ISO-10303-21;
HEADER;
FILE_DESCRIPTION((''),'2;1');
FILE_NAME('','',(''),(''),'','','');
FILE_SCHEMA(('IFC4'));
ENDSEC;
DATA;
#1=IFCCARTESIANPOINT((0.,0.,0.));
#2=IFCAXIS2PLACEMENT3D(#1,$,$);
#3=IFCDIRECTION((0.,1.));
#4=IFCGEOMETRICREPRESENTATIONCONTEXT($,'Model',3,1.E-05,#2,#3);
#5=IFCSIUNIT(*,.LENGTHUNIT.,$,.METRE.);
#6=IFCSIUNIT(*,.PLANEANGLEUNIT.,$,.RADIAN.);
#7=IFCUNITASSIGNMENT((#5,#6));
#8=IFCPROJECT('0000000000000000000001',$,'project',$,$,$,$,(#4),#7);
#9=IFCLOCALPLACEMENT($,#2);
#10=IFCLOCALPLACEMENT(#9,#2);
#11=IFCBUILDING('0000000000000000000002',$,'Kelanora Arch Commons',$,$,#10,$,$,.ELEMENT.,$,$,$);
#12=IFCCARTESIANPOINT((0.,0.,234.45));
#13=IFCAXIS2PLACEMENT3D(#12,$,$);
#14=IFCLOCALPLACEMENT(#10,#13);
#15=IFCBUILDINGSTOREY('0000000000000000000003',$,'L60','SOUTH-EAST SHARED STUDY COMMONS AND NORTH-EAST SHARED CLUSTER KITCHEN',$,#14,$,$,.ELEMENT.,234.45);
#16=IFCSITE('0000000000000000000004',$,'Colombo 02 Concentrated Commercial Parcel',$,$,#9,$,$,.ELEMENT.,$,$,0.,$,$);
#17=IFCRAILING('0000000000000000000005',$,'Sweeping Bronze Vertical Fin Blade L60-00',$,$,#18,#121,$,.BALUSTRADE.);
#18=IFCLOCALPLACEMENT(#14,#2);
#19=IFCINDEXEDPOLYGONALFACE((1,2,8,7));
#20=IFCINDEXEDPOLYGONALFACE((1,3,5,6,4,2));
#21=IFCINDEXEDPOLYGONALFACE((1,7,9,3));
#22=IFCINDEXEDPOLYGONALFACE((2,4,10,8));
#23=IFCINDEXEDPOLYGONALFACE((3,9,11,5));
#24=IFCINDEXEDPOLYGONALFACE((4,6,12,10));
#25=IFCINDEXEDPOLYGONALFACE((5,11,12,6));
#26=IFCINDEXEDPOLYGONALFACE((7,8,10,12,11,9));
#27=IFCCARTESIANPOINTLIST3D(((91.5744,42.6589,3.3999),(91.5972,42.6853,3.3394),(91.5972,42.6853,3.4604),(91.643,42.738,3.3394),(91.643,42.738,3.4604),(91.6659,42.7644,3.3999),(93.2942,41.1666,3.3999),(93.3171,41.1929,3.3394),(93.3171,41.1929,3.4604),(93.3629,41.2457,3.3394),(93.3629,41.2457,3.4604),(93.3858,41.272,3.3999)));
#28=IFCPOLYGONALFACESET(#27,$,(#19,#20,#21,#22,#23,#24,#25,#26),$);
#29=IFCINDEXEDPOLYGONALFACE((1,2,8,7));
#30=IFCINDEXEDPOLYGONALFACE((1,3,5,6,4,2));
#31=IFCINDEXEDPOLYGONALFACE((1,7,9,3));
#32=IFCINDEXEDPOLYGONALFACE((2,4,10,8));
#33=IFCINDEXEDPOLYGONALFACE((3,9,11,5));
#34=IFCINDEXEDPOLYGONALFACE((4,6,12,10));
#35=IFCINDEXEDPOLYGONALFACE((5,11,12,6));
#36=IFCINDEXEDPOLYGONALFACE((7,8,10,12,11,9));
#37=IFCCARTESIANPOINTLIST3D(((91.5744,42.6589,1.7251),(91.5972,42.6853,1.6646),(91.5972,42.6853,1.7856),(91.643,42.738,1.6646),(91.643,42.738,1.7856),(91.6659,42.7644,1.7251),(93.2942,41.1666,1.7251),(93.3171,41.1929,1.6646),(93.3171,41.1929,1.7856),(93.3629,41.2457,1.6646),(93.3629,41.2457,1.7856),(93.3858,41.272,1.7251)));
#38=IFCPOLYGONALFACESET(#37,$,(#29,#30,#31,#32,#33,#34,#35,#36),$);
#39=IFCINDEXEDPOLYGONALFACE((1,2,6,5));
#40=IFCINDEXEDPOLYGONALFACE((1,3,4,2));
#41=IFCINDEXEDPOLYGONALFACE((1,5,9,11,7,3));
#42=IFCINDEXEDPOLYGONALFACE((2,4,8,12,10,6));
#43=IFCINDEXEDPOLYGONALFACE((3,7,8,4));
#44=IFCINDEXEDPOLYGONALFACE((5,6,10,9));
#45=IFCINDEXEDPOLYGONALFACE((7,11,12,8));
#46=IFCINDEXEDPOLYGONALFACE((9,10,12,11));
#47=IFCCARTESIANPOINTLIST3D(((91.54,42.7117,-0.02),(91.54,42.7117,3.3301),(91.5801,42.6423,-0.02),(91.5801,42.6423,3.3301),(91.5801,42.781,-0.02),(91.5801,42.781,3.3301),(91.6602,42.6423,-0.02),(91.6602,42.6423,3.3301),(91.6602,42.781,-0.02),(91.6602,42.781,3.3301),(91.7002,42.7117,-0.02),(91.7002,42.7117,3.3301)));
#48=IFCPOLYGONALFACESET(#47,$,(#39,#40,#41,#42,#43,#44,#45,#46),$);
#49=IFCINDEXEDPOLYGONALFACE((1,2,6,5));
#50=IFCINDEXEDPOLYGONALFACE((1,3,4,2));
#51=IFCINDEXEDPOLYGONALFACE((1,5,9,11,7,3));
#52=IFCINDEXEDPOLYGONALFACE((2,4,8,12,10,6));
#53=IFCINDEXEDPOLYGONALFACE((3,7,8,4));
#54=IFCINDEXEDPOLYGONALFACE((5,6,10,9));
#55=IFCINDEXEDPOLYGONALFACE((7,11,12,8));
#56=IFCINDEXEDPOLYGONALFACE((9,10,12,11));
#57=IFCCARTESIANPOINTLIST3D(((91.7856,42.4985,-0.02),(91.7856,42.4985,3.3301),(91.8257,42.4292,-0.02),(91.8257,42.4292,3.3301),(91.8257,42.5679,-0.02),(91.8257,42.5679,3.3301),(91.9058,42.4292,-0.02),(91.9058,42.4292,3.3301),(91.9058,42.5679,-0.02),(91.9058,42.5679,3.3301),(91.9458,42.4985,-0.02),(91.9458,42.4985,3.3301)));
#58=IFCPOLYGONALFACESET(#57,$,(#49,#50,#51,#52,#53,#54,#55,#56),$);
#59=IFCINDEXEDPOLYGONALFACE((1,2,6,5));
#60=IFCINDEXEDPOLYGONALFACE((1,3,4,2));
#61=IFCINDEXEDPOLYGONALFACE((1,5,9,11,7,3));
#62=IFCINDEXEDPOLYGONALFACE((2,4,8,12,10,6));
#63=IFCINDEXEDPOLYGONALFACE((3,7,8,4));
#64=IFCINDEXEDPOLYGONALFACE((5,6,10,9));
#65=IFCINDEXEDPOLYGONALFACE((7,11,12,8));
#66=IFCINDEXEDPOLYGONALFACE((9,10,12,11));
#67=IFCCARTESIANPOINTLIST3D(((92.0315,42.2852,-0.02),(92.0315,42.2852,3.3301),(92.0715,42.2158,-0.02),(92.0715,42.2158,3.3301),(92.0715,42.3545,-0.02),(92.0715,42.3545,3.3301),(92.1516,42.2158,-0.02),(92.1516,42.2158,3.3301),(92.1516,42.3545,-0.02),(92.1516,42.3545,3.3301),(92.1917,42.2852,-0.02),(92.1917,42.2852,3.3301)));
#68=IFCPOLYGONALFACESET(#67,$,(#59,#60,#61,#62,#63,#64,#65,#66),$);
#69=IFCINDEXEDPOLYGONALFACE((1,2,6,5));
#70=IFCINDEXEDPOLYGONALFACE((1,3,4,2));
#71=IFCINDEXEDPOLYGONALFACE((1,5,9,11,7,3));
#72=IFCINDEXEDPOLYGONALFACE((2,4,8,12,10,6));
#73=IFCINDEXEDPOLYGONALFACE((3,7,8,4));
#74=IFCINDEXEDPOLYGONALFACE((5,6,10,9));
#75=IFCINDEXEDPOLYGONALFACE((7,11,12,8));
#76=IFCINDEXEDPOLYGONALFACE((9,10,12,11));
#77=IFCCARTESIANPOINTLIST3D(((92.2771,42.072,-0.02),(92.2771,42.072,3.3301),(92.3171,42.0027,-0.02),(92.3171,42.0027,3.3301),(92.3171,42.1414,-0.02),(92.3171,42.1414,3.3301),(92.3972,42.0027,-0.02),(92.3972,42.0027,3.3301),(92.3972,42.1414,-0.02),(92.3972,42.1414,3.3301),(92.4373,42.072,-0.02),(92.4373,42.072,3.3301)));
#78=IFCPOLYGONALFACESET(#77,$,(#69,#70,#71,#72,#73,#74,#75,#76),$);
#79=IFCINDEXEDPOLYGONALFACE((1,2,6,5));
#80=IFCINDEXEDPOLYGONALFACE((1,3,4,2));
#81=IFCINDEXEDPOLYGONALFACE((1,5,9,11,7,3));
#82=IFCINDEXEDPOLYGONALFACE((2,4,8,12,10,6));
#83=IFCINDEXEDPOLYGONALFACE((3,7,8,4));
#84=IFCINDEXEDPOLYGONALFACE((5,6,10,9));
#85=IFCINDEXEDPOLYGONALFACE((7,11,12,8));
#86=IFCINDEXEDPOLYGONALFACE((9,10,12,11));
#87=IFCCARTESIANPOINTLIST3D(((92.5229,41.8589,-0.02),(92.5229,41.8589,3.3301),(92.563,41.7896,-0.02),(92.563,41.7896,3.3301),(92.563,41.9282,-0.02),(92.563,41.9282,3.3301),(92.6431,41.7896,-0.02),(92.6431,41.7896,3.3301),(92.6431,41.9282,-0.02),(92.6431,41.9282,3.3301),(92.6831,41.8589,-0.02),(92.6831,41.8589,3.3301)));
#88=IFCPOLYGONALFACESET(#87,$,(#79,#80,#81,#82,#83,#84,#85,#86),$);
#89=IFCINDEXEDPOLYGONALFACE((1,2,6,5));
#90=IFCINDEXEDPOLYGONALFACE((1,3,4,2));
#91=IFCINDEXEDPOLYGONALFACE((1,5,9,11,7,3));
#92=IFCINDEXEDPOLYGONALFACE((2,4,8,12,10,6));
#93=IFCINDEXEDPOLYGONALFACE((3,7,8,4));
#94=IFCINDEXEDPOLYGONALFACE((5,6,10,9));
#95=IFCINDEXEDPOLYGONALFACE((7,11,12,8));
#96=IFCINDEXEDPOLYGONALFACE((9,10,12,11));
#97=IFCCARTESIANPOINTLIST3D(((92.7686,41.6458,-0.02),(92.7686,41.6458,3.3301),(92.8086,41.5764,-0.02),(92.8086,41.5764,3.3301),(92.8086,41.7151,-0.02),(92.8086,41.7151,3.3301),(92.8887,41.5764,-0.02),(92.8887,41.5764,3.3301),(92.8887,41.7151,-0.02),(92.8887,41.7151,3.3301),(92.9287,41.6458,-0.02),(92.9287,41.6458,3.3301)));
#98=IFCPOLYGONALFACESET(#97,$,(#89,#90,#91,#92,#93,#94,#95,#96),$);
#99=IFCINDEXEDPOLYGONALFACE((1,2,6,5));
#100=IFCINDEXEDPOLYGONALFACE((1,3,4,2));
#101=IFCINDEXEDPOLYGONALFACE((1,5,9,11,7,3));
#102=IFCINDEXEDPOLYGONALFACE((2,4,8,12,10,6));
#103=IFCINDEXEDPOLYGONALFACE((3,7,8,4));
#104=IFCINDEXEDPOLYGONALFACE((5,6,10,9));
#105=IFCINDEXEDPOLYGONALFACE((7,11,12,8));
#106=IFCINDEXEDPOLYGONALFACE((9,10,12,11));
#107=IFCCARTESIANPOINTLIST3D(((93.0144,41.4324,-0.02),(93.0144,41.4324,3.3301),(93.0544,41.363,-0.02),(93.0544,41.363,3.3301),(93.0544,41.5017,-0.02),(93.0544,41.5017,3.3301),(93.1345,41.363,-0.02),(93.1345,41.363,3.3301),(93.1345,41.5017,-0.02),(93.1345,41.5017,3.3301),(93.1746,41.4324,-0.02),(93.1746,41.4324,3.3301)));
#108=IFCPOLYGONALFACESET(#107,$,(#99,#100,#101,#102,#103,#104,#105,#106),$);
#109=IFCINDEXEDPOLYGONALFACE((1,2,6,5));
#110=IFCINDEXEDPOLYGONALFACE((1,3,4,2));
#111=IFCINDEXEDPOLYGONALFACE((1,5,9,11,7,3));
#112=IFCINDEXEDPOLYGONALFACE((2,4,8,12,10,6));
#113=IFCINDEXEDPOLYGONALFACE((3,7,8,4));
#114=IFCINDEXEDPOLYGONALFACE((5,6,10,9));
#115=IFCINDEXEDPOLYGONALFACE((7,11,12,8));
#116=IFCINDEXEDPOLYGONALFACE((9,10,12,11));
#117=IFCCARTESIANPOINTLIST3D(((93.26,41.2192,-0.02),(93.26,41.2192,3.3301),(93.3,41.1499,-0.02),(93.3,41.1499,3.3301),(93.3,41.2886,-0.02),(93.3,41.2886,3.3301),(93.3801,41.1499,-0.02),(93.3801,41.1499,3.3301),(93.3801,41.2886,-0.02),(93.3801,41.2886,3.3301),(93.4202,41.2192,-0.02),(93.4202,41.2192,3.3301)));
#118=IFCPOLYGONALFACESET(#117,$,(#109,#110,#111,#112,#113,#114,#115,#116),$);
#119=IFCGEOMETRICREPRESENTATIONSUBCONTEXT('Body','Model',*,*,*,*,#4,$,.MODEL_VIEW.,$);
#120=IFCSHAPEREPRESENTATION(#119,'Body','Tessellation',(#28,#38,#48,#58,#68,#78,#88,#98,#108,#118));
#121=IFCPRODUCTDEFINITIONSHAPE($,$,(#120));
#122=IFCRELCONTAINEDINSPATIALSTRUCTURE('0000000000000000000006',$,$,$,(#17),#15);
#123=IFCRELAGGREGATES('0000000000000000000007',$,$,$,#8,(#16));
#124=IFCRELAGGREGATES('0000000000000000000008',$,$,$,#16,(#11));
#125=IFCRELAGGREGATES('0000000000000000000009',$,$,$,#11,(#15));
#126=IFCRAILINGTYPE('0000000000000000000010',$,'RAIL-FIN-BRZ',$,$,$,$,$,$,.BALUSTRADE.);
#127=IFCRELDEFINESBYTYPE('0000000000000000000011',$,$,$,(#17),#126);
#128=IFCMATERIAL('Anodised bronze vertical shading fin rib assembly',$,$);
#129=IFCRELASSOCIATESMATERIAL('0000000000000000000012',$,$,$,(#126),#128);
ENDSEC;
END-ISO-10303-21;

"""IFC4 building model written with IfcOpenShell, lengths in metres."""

from ifc_helpers import new_model, si_unit, direction, frame, origin, place, context, subcontext, project, spatial, polyline, outline, extrude, material, type_object, element, save


model = new_model("IFC4")

# Units and contexts
model_context = context("Model", 3, precision=1e-05, world=origin(), true_north=direction((0.0, 1.0)))
body_context = subcontext(model_context, "Body", "Model", "MODEL_VIEW")
ifc_project = project(units=[si_unit("LENGTHUNIT", "METRE"), si_unit("PLANEANGLEUNIT", "RADIAN")], contexts=[model_context])

# Site, building, storey
site_placement = place(None, origin())
site = spatial("IfcSite", under=ifc_project, at=site_placement, Name="Colombo 02 Concentrated Commercial Parcel", CompositionType="ELEMENT", RefElevation=0.0)
building_placement = place(site_placement, origin())
building = spatial("IfcBuilding", under=site, at=building_placement, Name="Kelanora Arch Commons", CompositionType="ELEMENT")
storey_placement = place(building_placement, frame((0.0, 0.0, 234.45)))
storey = spatial("IfcBuildingStorey", under=building, at=storey_placement, Name="L60", Description="SOUTH-EAST SHARED STUDY COMMONS AND NORTH-EAST SHARED CLUSTER KITCHEN", CompositionType="ELEMENT", Elevation=234.45)

# Railing
ifc_material_1 = material(Name="Anodised bronze vertical shading fin rib assembly")
railing_type = type_object("IfcRailingType", Name="RAIL-FIN-BRZ", PredefinedType="BALUSTRADE", material=ifc_material_1)
railing_1_placement = place(storey_placement, frame((91.6201, 42.7117, -0.02)))
element("IfcRailing", 1, at=railing_1_placement, inside=storey, type_object=railing_type, Name="Sweeping Bronze Vertical Fin Blade L60-00", PredefinedType="BALUSTRADE", context=body_context, shape_type="SweptSolid", body=[
    extrude(outline(polyline([(0.0698, 0.0), (0.0349, 0.0605), (-0.0349, 0.0605), (-0.0698, 0.0), (-0.0349, -0.0605), (0.0349, -0.0605), (0.0698, 0.0)])), frame((0.0, 0.0, 3.4199), z_axis=(0.7553, -0.655379, 0.0), x_axis=(0.655379, 0.7553, 0.0)), (0.0, 0.0, 1.0), 2.2771),
    extrude(outline(polyline([(0.0698, 0.0), (0.0349, 0.0605), (-0.0349, 0.0605), (-0.0698, 0.0), (-0.0349, -0.0605), (0.0349, -0.0605), (0.0698, 0.0)])), frame((0.0, 0.0, 1.7451), z_axis=(0.7553, -0.655379, 0.0), x_axis=(0.655379, 0.7553, 0.0)), (0.0, 0.0, 1.0), 2.2771),
    extrude(outline(polyline([(0.0801, 0.0), (0.04, 0.0693), (-0.04, 0.0693), (-0.0801, 0.0), (-0.04, -0.0693), (0.04, -0.0693), (0.0801, 0.0)])), origin(), (0.0, 0.0, 1.0), 3.3501),
    extrude(outline(polyline([(0.0801, 0.0), (0.04, 0.0693), (-0.04, 0.0693), (-0.0801, 0.0), (-0.04, -0.0693), (0.04, -0.0693), (0.0801, 0.0)])), frame((0.2456, -0.2131, 0.0)), (0.0, 0.0, 1.0), 3.3501),
    extrude(outline(polyline([(0.0801, 0.0), (0.04, 0.0693), (-0.04, 0.0693), (-0.0801, 0.0), (-0.04, -0.0693), (0.04, -0.0693), (0.0801, 0.0)])), frame((0.4915, -0.4265, 0.0)), (0.0, 0.0, 1.0), 3.3501),
    extrude(outline(polyline([(0.0801, 0.0), (0.04, 0.0693), (-0.04, 0.0693), (-0.0801, 0.0), (-0.04, -0.0693), (0.04, -0.0693), (0.0801, 0.0)])), frame((0.7371, -0.6396, 0.0)), (0.0, 0.0, 1.0), 3.3501),
    extrude(outline(polyline([(0.0801, 0.0), (0.04, 0.0693), (-0.04, 0.0693), (-0.0801, 0.0), (-0.04, -0.0693), (0.04, -0.0693), (0.0801, 0.0)])), frame((0.9829, -0.8528, 0.0)), (0.0, 0.0, 1.0), 3.3501),
    extrude(outline(polyline([(0.0801, 0.0), (0.04, 0.0693), (-0.04, 0.0693), (-0.0801, 0.0), (-0.04, -0.0693), (0.04, -0.0693), (0.0801, 0.0)])), frame((1.2285, -1.0659, 0.0)), (0.0, 0.0, 1.0), 3.3501),
    extrude(outline(polyline([(0.0801, 0.0), (0.04, 0.0693), (-0.04, 0.0693), (-0.0801, 0.0), (-0.04, -0.0693), (0.04, -0.0693), (0.0801, 0.0)])), frame((1.4744, -1.2793, 0.0)), (0.0, 0.0, 1.0), 3.3501),
    extrude(outline(polyline([(0.0801, 0.0), (0.04, 0.0693), (-0.04, 0.0693), (-0.0801, 0.0), (-0.04, -0.0693), (0.04, -0.0693), (0.0801, 0.0)])), frame((1.72, -1.4924, 0.0)), (0.0, 0.0, 1.0), 3.3501),
])

save(model, "model.ifc")
